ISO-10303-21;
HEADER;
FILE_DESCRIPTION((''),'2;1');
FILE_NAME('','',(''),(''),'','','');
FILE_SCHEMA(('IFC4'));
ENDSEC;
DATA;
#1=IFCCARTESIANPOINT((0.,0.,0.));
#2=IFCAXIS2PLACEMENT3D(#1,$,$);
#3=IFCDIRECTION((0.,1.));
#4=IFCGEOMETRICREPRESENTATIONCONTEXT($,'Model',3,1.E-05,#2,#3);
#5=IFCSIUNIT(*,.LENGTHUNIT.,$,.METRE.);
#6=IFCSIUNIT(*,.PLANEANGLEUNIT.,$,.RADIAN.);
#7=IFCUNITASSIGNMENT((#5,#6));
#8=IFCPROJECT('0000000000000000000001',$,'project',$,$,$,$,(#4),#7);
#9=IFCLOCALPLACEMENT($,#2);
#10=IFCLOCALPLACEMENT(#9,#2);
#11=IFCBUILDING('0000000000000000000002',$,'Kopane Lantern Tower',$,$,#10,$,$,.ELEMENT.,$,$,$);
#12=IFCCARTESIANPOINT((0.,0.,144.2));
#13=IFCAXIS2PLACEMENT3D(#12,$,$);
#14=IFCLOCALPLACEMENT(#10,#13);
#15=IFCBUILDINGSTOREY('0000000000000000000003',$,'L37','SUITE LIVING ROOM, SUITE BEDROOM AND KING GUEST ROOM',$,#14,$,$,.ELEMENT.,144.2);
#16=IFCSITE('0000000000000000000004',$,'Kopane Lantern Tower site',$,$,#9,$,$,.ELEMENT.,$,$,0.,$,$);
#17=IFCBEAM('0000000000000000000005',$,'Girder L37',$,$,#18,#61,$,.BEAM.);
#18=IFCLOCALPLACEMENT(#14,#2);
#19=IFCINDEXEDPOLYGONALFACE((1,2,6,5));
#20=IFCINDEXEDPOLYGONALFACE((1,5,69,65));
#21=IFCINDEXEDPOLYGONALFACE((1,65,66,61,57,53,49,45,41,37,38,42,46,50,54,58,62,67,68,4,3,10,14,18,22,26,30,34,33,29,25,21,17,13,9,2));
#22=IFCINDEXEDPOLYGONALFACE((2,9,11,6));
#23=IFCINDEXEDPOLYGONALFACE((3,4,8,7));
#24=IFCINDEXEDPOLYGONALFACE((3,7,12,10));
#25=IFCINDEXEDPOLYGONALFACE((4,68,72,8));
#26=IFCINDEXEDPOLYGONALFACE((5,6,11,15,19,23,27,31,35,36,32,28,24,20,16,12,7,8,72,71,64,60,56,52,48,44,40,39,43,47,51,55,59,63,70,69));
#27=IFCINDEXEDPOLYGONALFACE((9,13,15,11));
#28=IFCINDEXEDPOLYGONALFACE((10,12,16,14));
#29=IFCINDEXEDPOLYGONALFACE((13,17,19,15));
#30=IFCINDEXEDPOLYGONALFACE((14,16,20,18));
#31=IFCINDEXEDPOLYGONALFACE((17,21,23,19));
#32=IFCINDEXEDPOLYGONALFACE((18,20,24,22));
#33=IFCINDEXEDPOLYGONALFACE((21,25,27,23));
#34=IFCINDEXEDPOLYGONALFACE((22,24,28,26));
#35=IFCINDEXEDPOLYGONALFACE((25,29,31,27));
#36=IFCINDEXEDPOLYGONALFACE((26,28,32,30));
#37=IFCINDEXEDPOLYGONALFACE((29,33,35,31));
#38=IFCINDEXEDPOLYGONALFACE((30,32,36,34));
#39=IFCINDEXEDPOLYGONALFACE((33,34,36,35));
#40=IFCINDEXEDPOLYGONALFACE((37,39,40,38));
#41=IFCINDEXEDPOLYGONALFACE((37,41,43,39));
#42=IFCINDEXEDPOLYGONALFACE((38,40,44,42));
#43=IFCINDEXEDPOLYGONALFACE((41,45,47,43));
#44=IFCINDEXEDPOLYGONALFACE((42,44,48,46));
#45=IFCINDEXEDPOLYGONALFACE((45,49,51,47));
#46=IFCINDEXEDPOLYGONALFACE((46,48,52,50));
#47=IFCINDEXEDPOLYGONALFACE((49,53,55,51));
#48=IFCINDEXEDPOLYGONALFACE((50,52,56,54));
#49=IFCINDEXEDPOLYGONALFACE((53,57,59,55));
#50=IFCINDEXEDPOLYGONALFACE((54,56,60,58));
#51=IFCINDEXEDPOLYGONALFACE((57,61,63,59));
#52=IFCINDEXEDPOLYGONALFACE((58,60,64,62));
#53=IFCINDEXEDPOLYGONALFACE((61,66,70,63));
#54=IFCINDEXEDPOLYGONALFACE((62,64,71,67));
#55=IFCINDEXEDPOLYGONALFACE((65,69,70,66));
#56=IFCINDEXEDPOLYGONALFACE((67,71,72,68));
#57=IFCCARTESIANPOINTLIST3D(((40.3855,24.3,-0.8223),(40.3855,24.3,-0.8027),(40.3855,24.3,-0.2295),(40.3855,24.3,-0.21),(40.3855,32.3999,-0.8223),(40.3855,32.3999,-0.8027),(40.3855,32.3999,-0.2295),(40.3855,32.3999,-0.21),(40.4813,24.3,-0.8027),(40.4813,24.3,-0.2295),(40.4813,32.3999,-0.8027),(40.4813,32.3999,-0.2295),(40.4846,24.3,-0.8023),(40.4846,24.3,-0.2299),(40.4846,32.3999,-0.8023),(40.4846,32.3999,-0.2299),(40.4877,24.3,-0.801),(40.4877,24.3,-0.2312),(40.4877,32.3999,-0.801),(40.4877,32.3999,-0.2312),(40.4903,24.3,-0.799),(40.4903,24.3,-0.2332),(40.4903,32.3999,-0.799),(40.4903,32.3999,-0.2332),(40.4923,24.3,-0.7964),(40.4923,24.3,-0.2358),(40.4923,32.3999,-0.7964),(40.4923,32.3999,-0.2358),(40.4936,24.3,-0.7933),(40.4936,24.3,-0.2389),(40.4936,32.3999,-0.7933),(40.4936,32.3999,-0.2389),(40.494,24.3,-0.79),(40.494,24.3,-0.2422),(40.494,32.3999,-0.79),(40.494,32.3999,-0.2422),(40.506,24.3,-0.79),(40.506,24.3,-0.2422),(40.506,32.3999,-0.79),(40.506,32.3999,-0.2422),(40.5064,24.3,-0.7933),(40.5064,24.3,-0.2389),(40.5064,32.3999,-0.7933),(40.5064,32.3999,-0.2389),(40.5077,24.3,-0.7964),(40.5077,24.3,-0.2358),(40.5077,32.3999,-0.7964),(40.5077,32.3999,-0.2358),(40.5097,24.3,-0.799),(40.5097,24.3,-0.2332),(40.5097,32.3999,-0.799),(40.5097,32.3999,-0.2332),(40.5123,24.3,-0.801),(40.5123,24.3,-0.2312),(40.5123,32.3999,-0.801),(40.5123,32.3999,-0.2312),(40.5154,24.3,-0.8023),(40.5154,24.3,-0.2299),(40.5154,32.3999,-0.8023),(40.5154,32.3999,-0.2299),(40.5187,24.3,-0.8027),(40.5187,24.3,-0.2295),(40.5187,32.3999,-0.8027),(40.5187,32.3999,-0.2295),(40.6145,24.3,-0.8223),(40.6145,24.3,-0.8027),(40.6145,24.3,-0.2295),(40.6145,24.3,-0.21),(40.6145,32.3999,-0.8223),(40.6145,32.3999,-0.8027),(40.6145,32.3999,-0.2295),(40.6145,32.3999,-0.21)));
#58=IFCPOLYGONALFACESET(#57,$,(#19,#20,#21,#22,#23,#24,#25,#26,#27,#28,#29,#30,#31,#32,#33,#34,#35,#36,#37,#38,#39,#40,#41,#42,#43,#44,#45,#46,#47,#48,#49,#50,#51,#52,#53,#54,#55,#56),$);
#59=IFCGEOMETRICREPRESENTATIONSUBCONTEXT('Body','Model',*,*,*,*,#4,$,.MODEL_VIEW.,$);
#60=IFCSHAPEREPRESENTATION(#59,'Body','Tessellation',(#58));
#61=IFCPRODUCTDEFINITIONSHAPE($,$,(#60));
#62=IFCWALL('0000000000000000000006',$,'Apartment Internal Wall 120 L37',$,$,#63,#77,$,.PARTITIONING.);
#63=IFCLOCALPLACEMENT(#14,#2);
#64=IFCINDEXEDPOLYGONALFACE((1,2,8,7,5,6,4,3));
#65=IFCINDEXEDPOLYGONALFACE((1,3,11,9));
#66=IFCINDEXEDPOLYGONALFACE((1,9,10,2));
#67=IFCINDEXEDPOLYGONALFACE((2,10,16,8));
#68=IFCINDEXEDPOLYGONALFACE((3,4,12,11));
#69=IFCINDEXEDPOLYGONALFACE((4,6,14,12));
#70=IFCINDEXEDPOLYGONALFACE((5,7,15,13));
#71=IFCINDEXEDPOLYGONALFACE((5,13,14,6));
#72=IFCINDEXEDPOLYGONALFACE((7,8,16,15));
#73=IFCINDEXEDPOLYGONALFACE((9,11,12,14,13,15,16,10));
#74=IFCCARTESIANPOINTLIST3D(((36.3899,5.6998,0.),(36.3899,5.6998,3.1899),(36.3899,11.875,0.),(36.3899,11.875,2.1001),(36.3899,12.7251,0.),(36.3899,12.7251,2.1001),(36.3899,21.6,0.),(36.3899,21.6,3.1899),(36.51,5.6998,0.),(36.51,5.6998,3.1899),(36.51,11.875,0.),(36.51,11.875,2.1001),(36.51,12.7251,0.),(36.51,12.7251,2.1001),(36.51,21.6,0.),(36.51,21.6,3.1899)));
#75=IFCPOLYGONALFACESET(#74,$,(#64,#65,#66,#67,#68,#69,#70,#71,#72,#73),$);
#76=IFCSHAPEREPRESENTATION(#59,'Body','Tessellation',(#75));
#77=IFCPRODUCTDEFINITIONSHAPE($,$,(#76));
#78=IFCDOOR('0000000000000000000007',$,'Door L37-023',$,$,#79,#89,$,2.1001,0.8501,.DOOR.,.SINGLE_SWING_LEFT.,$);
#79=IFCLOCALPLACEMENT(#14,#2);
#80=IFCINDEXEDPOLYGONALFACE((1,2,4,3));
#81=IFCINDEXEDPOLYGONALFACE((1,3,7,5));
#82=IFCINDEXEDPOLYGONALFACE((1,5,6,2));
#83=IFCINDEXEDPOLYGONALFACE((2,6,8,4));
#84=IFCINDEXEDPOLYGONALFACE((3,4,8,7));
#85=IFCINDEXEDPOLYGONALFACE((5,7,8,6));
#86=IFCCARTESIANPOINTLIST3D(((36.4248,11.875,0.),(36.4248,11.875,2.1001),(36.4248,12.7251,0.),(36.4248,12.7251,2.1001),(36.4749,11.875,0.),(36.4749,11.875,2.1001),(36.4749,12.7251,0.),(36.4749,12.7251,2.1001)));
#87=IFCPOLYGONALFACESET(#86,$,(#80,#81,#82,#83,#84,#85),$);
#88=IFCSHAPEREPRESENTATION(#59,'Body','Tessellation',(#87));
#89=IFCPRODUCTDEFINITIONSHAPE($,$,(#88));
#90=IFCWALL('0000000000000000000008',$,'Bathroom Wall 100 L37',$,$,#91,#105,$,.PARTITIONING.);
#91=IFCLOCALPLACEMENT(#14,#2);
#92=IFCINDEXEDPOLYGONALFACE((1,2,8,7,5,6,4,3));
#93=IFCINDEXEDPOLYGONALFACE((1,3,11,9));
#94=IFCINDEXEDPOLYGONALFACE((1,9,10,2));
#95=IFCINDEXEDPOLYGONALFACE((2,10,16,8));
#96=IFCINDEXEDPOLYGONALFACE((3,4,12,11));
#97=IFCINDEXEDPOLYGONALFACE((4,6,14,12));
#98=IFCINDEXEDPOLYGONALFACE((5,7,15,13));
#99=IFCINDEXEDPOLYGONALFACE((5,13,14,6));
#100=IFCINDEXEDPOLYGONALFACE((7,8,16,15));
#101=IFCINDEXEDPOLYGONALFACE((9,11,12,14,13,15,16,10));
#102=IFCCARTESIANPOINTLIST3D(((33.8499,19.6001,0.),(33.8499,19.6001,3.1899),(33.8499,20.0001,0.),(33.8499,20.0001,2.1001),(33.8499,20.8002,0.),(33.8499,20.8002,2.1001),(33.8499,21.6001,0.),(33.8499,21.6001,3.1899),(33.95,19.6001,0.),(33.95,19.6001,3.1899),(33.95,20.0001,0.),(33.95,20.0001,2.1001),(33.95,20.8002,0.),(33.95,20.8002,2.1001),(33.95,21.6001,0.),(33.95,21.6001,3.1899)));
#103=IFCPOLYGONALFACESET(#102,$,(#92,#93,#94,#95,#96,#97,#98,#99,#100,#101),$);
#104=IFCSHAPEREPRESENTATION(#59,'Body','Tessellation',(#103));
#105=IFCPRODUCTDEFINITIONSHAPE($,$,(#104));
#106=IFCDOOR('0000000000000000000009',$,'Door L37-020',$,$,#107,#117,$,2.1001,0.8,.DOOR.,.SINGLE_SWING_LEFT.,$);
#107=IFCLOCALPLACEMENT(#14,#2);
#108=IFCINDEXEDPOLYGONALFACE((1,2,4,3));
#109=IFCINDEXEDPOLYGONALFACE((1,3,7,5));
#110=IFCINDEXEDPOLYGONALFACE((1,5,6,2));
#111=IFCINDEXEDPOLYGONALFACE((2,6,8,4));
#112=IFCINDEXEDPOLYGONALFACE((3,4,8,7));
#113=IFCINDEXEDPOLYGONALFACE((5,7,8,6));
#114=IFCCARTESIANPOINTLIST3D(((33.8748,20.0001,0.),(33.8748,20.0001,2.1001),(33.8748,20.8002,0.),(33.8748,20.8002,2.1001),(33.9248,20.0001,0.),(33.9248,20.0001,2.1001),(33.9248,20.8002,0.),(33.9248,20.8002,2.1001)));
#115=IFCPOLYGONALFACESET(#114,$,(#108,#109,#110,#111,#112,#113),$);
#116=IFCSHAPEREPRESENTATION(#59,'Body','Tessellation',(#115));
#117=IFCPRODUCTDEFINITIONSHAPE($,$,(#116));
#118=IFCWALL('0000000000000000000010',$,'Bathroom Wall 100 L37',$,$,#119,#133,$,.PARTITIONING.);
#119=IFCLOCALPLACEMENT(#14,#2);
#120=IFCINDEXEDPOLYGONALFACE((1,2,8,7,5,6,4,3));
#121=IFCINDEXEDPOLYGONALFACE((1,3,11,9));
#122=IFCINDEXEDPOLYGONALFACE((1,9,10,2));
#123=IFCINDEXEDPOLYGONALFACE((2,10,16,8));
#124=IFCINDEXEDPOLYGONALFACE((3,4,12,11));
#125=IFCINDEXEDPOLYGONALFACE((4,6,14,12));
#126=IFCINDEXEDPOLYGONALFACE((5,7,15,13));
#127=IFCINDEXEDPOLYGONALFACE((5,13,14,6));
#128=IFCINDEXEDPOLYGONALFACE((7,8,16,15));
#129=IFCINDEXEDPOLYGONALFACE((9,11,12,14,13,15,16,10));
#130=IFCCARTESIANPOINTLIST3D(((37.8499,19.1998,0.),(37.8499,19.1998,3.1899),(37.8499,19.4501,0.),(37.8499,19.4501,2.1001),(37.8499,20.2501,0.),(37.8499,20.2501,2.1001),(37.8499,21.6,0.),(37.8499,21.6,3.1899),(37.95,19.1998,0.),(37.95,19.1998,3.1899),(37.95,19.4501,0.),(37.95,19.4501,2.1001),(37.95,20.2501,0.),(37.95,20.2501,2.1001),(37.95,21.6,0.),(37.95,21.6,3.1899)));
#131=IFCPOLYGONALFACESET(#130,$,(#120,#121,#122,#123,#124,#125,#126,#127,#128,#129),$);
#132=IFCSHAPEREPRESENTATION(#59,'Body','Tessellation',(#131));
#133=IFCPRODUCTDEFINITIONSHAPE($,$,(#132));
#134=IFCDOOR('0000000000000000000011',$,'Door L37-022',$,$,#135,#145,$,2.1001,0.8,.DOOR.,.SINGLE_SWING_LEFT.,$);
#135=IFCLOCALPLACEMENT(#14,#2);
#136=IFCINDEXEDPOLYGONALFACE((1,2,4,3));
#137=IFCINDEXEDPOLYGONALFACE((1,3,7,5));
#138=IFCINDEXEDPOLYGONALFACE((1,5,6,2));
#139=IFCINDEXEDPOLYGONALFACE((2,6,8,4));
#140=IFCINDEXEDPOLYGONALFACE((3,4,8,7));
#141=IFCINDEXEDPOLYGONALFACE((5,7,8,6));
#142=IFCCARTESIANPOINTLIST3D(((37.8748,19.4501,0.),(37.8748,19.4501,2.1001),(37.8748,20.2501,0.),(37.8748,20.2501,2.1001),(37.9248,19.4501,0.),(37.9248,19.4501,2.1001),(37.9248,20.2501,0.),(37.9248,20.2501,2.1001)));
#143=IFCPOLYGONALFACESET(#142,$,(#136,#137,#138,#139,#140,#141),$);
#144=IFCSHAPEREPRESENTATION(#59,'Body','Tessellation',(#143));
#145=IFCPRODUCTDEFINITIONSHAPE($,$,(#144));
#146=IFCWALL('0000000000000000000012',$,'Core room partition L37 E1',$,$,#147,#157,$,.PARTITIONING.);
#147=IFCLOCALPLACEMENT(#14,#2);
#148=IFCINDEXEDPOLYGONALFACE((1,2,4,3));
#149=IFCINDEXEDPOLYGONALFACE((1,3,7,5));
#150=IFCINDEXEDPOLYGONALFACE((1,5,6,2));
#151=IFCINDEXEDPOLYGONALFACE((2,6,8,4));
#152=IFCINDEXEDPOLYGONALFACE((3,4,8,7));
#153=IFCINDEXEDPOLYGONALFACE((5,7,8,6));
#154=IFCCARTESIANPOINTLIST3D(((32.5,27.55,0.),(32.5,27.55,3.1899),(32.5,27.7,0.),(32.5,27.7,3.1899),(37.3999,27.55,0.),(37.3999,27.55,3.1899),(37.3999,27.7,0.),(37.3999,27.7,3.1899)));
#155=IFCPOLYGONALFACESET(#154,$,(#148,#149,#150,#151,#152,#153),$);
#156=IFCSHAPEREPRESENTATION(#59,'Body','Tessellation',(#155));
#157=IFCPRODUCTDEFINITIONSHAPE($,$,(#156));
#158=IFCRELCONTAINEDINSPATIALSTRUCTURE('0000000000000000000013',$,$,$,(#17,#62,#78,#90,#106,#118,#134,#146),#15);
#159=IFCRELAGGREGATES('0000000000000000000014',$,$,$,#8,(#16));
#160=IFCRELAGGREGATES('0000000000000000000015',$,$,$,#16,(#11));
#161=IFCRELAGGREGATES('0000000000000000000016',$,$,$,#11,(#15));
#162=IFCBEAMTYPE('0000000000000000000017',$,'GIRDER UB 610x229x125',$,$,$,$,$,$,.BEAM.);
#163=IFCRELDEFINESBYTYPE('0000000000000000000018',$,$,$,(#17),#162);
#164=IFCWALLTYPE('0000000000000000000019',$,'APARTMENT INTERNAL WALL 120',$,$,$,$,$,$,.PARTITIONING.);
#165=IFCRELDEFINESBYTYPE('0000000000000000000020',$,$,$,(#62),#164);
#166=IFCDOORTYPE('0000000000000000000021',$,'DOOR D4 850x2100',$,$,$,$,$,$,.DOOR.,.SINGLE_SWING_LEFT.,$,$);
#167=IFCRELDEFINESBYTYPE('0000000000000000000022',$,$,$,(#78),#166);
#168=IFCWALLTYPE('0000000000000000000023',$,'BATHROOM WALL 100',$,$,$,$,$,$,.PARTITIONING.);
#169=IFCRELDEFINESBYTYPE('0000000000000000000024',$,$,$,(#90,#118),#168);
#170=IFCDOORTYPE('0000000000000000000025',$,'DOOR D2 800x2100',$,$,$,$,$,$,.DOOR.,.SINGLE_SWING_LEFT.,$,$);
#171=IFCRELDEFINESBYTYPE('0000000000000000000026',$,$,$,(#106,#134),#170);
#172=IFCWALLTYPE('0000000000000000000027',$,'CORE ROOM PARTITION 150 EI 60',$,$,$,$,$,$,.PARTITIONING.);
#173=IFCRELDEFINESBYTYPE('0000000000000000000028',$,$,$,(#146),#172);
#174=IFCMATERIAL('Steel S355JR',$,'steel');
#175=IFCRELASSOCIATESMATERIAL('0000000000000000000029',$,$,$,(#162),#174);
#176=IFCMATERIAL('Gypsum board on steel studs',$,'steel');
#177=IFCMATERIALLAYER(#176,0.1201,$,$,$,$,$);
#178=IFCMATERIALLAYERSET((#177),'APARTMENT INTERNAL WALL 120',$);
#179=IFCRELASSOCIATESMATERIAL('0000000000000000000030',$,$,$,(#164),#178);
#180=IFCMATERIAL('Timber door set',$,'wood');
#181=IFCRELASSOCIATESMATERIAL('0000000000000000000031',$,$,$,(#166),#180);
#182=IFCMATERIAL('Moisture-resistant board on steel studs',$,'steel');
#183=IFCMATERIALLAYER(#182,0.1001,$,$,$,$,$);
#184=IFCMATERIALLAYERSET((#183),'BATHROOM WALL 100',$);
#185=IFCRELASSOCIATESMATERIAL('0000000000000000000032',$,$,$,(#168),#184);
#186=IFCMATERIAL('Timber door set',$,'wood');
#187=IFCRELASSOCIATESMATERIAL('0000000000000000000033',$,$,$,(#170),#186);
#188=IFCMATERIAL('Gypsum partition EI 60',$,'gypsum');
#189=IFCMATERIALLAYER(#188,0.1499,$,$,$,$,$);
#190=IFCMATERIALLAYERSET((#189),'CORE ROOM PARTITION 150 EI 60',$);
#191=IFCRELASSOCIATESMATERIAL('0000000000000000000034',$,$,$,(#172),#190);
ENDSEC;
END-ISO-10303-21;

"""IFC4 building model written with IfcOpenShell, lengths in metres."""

from ifc_helpers import new_model, si_unit, direction, frame, frame_2d, origin, origin_2d, place, context, subcontext, project, spatial, rectangle, i_section, extrude, material, layer, layer_set, material_profile, profile_set, type_object, element, fill, save


model = new_model("IFC4")

# Units and contexts
model_context = context("Model", 3, precision=1e-05, world=origin(), true_north=direction((0.0, 1.0)))
body_context = subcontext(model_context, "Body", "Model", "MODEL_VIEW")
ifc_project = project(units=[si_unit("LENGTHUNIT", "METRE"), si_unit("PLANEANGLEUNIT", "RADIAN")], contexts=[model_context])

# Site, building, storey
site_placement = place(None, origin())
site = spatial("IfcSite", under=ifc_project, at=site_placement, Name="Kopane Lantern Tower site", CompositionType="ELEMENT", RefElevation=0.0)
building_placement = place(site_placement, origin())
building = spatial("IfcBuilding", under=site, at=building_placement, Name="Kopane Lantern Tower", CompositionType="ELEMENT")
storey_placement = place(building_placement, frame((0.0, 0.0, 144.2)))
storey = spatial("IfcBuildingStorey", under=building, at=storey_placement, Name="L37", Description="SUITE LIVING ROOM, SUITE BEDROOM AND KING GUEST ROOM", CompositionType="ELEMENT", Elevation=144.2)

# Beam
ifc_material_1 = material(Name="Steel S355JR", Category="steel")
ifc_material_profile_1 = material_profile(ifc_material_1, i_section(OverallWidth=0.229, OverallDepth=0.6123, WebThickness=0.012, FlangeThickness=0.0195, FilletRadius=0.0127, at=origin_2d()), Name="UB 610x229x125")
ifc_profile_set_1 = profile_set([ifc_material_profile_1], Name="Steel S355JR")
beam_type_1 = type_object("IfcBeamType", Name="GIRDER UB 610x229x125", PredefinedType="BEAM", material=ifc_profile_set_1)
beam_1_placement = place(storey_placement, frame((40.5, 24.3, -0.5161), z_axis=(0.0, 1.0, 0.0), x_axis=(-1.0, 0.0, 0.0)))
element("IfcBeam", 1, at=beam_1_placement, inside=storey, type_object=beam_type_1, Name="Girder L37", PredefinedType="BEAM", context=body_context, shape_type="SweptSolid", body=[
    extrude(i_section(OverallWidth=0.229, OverallDepth=0.6123, WebThickness=0.012, FlangeThickness=0.0195, FilletRadius=0.0127, at=origin_2d()), origin(), (0.0, 0.0, 1.0), 8.0999),
])

# Walls, openings, doors
ifc_material_2 = material(Name="Gypsum board on steel studs", Category="steel")
ifc_layer_1 = layer(ifc_material_2, 0.1201)
ifc_layer_set_1 = layer_set([ifc_layer_1], Name="APARTMENT INTERNAL WALL 120")
wall_type_1 = type_object("IfcWallType", Name="APARTMENT INTERNAL WALL 120", PredefinedType="PARTITIONING", material=ifc_layer_set_1)
wall_1_placement = place(storey_placement, frame((36.45, 21.6001, 0.0), z_axis=(0.0, 0.0, 1.0), x_axis=(0.0, -1.0, 0.0)))
wall_1 = element("IfcWall", 2, at=wall_1_placement, inside=storey, type_object=wall_type_1, Name="Apartment Internal Wall 120 L37", PredefinedType="PARTITIONING", context=body_context, shape_type="SweptSolid", body=[
    extrude(rectangle(XDim=15.9001, YDim=0.1201, at=frame_2d((7.9502, 0.0))), origin(), (0.0, 0.0, 1.0), 3.1899),
])
opening_1_placement = place(wall_1_placement, frame((8.875, 0.0, 0.0)))
opening_1 = element("IfcOpeningElement", 3, at=opening_1_placement, cuts=wall_1, PredefinedType="OPENING", context=body_context, shape_type="SweptSolid", body=[
    extrude(rectangle(XDim=0.8501, YDim=2.1001, at=frame_2d((0.425, 1.05))), frame((0.0, 0.0701, 0.0), z_axis=(0.0, -1.0, 0.0), x_axis=(1.0, 0.0, 0.0)), (0.0, 0.0, 1.0), 0.1401),
])
ifc_material_3 = material(Name="Timber door set", Category="wood")
door_type_1 = type_object("IfcDoorType", Name="DOOR D4 850x2100", OperationType="SINGLE_SWING_LEFT", PredefinedType="DOOR", material=ifc_material_3)
door_1_placement = place(opening_1_placement, origin())
door_1 = element("IfcDoor", 4, at=door_1_placement, inside=storey, type_object=door_type_1, Name="Door L37-023", OperationType="SINGLE_SWING_LEFT", OverallHeight=2.1001, OverallWidth=0.8501, PredefinedType="DOOR", context=body_context, shape_type="SweptSolid", body=[
    extrude(rectangle(XDim=0.8501, YDim=2.1001, at=frame_2d((0.425, 1.05))), frame((0.0, 0.0249, 0.0), z_axis=(0.0, -1.0, 0.0), x_axis=(1.0, 0.0, 0.0)), (0.0, 0.0, 1.0), 0.05),
])
fill(opening_1, door_1)
ifc_material_4 = material(Name="Moisture-resistant board on steel studs", Category="steel")
ifc_layer_2 = layer(ifc_material_4, 0.1001)
ifc_layer_set_2 = layer_set([ifc_layer_2], Name="BATHROOM WALL 100")
wall_type_2 = type_object("IfcWallType", Name="BATHROOM WALL 100", PredefinedType="PARTITIONING", material=ifc_layer_set_2)
wall_2_placement = place(storey_placement, frame((33.8999, 21.6001, 0.0), z_axis=(0.0, 0.0, 1.0), x_axis=(0.0, -1.0, 0.0)))
wall_2 = element("IfcWall", 5, at=wall_2_placement, inside=storey, type_object=wall_type_2, Name="Bathroom Wall 100 L37", PredefinedType="PARTITIONING", context=body_context, shape_type="SweptSolid", body=[
    extrude(rectangle(XDim=2.0, YDim=0.1001, at=frame_2d((1.0, 0.0))), origin(), (0.0, 0.0, 1.0), 3.1899),
])
opening_2_placement = place(wall_2_placement, frame((0.8, 0.0, 0.0)))
opening_2 = element("IfcOpeningElement", 6, at=opening_2_placement, cuts=wall_2, PredefinedType="OPENING", context=body_context, shape_type="SweptSolid", body=[
    extrude(rectangle(XDim=0.8, YDim=2.1001, at=frame_2d((0.3999, 1.05))), frame((0.0, 0.0601, 0.0), z_axis=(0.0, -1.0, 0.0), x_axis=(1.0, 0.0, 0.0)), (0.0, 0.0, 1.0), 0.1201),
])
ifc_material_5 = material(Name="Timber door set", Category="wood")
door_type_2 = type_object("IfcDoorType", Name="DOOR D2 800x2100", OperationType="SINGLE_SWING_LEFT", PredefinedType="DOOR", material=ifc_material_5)
door_2_placement = place(opening_2_placement, origin())
door_2 = element("IfcDoor", 7, at=door_2_placement, inside=storey, type_object=door_type_2, Name="Door L37-020", OperationType="SINGLE_SWING_LEFT", OverallHeight=2.1001, OverallWidth=0.8, PredefinedType="DOOR", context=body_context, shape_type="SweptSolid", body=[
    extrude(rectangle(XDim=0.8, YDim=2.1001, at=frame_2d((0.3999, 1.05))), frame((0.0, 0.0249, 0.0), z_axis=(0.0, -1.0, 0.0), x_axis=(1.0, 0.0, 0.0)), (0.0, 0.0, 1.0), 0.05),
])
fill(opening_2, door_2)
wall_3_placement = place(storey_placement, frame((37.8999, 21.6001, 0.0), z_axis=(0.0, 0.0, 1.0), x_axis=(0.0, -1.0, 0.0)))
wall_3 = element("IfcWall", 8, at=wall_3_placement, inside=storey, type_object=wall_type_2, Name="Bathroom Wall 100 L37", PredefinedType="PARTITIONING", context=body_context, shape_type="SweptSolid", body=[
    extrude(rectangle(XDim=2.4001, YDim=0.1001, at=frame_2d((1.2002, 0.0))), origin(), (0.0, 0.0, 1.0), 3.1899),
])
opening_3_placement = place(wall_3_placement, frame((1.3501, 0.0, 0.0)))
opening_3 = element("IfcOpeningElement", 9, at=opening_3_placement, cuts=wall_3, PredefinedType="OPENING", context=body_context, shape_type="SweptSolid", body=[
    extrude(rectangle(XDim=0.8, YDim=2.1001, at=frame_2d((0.3999, 1.05))), frame((0.0, 0.0601, 0.0), z_axis=(0.0, -1.0, 0.0), x_axis=(1.0, 0.0, 0.0)), (0.0, 0.0, 1.0), 0.1201),
])
door_3_placement = place(opening_3_placement, origin())
door_3 = element("IfcDoor", 10, at=door_3_placement, inside=storey, type_object=door_type_2, Name="Door L37-022", OperationType="SINGLE_SWING_LEFT", OverallHeight=2.1001, OverallWidth=0.8, PredefinedType="DOOR", context=body_context, shape_type="SweptSolid", body=[
    extrude(rectangle(XDim=0.8, YDim=2.1001, at=frame_2d((0.3999, 1.05))), frame((0.0, 0.0249, 0.0), z_axis=(0.0, -1.0, 0.0), x_axis=(1.0, 0.0, 0.0)), (0.0, 0.0, 1.0), 0.05),
])
fill(opening_3, door_3)

# Wall
ifc_material_6 = material(Name="Gypsum partition EI 60", Category="gypsum")
ifc_layer_3 = layer(ifc_material_6, 0.1499)
ifc_layer_set_3 = layer_set([ifc_layer_3], Name="CORE ROOM PARTITION 150 EI 60")
wall_type_3 = type_object("IfcWallType", Name="CORE ROOM PARTITION 150 EI 60", PredefinedType="PARTITIONING", material=ifc_layer_set_3)
wall_4_placement = place(storey_placement, frame((32.5, 27.625, 0.0), z_axis=(0.0, 0.0, 1.0), x_axis=(1.0, 0.0, 0.0)))
element("IfcWall", 11, at=wall_4_placement, inside=storey, type_object=wall_type_3, Name="Core room partition L37 E1", PredefinedType="PARTITIONING", context=body_context, shape_type="SweptSolid", body=[
    extrude(rectangle(XDim=4.8999, YDim=0.1499, at=frame_2d((2.45, 0.0))), origin(), (0.0, 0.0, 1.0), 3.1899),
])

save(model, "model.ifc")
